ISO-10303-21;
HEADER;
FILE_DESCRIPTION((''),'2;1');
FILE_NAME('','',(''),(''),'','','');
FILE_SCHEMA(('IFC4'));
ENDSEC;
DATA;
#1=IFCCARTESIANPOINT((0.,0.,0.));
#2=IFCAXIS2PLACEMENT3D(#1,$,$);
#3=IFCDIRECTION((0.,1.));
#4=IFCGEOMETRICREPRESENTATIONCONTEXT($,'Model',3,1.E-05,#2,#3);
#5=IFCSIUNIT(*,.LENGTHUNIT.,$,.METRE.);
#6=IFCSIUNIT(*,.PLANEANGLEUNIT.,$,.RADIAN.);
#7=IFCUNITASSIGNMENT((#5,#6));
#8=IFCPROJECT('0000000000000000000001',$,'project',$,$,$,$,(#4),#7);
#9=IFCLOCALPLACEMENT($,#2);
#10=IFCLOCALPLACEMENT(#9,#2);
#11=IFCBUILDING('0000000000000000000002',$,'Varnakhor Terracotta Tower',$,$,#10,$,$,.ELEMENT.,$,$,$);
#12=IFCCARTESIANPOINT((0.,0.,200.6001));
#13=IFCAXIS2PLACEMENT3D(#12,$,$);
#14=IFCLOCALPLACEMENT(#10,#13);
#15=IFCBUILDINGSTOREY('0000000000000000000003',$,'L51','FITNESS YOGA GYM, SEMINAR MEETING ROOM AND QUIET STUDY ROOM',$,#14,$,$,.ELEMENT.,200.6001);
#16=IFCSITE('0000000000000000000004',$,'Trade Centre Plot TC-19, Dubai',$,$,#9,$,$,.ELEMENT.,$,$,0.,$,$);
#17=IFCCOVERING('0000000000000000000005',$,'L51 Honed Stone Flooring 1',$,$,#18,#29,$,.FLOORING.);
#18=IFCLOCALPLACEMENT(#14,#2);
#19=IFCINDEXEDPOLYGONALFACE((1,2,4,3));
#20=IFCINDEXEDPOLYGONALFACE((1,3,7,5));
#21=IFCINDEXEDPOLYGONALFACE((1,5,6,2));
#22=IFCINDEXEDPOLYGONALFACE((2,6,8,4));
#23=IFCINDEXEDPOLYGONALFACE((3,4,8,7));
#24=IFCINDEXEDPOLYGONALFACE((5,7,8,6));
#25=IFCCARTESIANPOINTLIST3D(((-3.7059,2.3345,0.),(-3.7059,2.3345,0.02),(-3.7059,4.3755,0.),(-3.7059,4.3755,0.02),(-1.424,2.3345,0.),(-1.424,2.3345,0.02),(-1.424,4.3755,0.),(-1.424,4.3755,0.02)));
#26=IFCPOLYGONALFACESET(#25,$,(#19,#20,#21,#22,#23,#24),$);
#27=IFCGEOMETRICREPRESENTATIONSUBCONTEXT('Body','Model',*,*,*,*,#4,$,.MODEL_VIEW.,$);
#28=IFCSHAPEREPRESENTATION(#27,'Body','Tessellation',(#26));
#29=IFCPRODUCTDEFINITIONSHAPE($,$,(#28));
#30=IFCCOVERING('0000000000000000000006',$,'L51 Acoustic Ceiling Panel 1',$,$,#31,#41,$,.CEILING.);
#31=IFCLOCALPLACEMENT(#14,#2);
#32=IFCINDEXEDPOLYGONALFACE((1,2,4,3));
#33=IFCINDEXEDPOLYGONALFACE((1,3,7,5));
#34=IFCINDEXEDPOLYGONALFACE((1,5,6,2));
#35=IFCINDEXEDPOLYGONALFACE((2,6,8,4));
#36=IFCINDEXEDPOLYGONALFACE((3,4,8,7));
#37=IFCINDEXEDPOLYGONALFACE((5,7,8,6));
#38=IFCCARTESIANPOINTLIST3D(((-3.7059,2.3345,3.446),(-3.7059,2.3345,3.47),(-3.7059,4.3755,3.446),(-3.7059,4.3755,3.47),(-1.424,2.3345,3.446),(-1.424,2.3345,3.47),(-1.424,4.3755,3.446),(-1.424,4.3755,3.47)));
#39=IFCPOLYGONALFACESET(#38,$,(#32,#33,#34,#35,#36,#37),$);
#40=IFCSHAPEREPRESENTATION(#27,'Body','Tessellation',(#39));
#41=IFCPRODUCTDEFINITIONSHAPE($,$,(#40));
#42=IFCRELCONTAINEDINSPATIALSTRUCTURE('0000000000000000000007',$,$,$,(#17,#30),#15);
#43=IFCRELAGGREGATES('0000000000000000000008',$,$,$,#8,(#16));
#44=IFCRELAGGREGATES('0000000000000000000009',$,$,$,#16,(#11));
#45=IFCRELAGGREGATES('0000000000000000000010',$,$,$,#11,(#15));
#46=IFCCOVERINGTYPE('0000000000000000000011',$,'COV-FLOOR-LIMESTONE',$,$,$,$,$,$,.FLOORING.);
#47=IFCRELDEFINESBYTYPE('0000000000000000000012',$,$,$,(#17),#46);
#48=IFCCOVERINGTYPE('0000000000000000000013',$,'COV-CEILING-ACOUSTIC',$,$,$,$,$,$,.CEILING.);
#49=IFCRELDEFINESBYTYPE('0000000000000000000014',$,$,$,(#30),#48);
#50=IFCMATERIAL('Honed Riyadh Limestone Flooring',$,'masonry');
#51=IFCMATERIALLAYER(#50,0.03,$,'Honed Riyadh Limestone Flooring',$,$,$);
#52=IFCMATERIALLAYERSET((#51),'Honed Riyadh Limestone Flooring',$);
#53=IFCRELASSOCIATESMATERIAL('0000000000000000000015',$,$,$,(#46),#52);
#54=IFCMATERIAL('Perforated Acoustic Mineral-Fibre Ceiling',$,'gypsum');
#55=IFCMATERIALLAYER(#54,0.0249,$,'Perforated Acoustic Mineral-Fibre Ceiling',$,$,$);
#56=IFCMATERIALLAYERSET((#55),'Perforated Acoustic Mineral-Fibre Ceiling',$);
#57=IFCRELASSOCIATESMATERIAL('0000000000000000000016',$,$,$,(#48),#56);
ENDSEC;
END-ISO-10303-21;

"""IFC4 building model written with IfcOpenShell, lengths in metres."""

from ifc_helpers import new_model, si_unit, direction, frame, origin, origin_2d, place, context, subcontext, project, spatial, rectangle, extrude, source, transform, mapped, material, layer, layer_set, type_object, element, save


model = new_model("IFC4")

# Units and contexts
model_context = context("Model", 3, precision=1e-05, world=origin(), true_north=direction((0.0, 1.0)))
body_context = subcontext(model_context, "Body", "Model", "MODEL_VIEW")
ifc_project = project(units=[si_unit("LENGTHUNIT", "METRE"), si_unit("PLANEANGLEUNIT", "RADIAN")], contexts=[model_context])

# Site, building, storey
site_placement = place(None, origin())
site = spatial("IfcSite", under=ifc_project, at=site_placement, Name="Trade Centre Plot TC-19, Dubai", CompositionType="ELEMENT", RefElevation=0.0)
building_placement = place(site_placement, origin())
building = spatial("IfcBuilding", under=site, at=building_placement, Name="Varnakhor Terracotta Tower", CompositionType="ELEMENT")
storey_placement = place(building_placement, frame((0.0, 0.0, 200.6001)))
storey = spatial("IfcBuildingStorey", under=building, at=storey_placement, Name="L51", Description="FITNESS YOGA GYM, SEMINAR MEETING ROOM AND QUIET STUDY ROOM", CompositionType="ELEMENT", Elevation=200.6001)

# Coverings
ifc_material_1 = material(Name="Honed Riyadh Limestone Flooring", Category="masonry")
ifc_layer_1 = layer(ifc_material_1, 0.03, Name="Honed Riyadh Limestone Flooring")
ifc_layer_set_1 = layer_set([ifc_layer_1], Name="Honed Riyadh Limestone Flooring")
covering_type_1 = type_object("IfcCoveringType", Name="COV-FLOOR-LIMESTONE", PredefinedType="FLOORING", material=ifc_layer_set_1)
shared_shape_1 = source(origin(), body_context, "Body", "SweptSolid", [
    extrude(rectangle(XDim=2.282, YDim=2.041, at=origin_2d()), origin(), (0.0, 0.0, 1.0), 0.02),
])
covering_1_placement = place(storey_placement, frame((-2.5649, 3.355, 0.0), z_axis=(0.0, 0.0, 1.0), x_axis=(1.0, 0.0, 0.0)))
element("IfcCovering", 1, at=covering_1_placement, inside=storey, type_object=covering_type_1, Name="L51 Honed Stone Flooring 1", PredefinedType="FLOORING", context=body_context, shape_type="MappedRepresentation", body=[
    mapped(shared_shape_1, transform((0.0, 0.0, 0.0), scale=1.0)),
])
ifc_material_2 = material(Name="Perforated Acoustic Mineral-Fibre Ceiling", Category="gypsum")
ifc_layer_2 = layer(ifc_material_2, 0.0249, Name="Perforated Acoustic Mineral-Fibre Ceiling")
ifc_layer_set_2 = layer_set([ifc_layer_2], Name="Perforated Acoustic Mineral-Fibre Ceiling")
covering_type_2 = type_object("IfcCoveringType", Name="COV-CEILING-ACOUSTIC", PredefinedType="CEILING", material=ifc_layer_set_2)
shared_shape_2 = source(origin(), body_context, "Body", "SweptSolid", [
    extrude(rectangle(XDim=2.282, YDim=2.041, at=origin_2d()), origin(), (0.0, 0.0, 1.0), 0.0239),
])
covering_2_placement = place(storey_placement, frame((-2.5649, 3.355, 3.446), z_axis=(0.0, 0.0, 1.0), x_axis=(1.0, 0.0, 0.0)))
element("IfcCovering", 2, at=covering_2_placement, inside=storey, type_object=covering_type_2, Name="L51 Acoustic Ceiling Panel 1", PredefinedType="CEILING", context=body_context, shape_type="MappedRepresentation", body=[
    mapped(shared_shape_2, transform((0.0, 0.0, 0.0), scale=1.0)),
])

save(model, "model.ifc")
